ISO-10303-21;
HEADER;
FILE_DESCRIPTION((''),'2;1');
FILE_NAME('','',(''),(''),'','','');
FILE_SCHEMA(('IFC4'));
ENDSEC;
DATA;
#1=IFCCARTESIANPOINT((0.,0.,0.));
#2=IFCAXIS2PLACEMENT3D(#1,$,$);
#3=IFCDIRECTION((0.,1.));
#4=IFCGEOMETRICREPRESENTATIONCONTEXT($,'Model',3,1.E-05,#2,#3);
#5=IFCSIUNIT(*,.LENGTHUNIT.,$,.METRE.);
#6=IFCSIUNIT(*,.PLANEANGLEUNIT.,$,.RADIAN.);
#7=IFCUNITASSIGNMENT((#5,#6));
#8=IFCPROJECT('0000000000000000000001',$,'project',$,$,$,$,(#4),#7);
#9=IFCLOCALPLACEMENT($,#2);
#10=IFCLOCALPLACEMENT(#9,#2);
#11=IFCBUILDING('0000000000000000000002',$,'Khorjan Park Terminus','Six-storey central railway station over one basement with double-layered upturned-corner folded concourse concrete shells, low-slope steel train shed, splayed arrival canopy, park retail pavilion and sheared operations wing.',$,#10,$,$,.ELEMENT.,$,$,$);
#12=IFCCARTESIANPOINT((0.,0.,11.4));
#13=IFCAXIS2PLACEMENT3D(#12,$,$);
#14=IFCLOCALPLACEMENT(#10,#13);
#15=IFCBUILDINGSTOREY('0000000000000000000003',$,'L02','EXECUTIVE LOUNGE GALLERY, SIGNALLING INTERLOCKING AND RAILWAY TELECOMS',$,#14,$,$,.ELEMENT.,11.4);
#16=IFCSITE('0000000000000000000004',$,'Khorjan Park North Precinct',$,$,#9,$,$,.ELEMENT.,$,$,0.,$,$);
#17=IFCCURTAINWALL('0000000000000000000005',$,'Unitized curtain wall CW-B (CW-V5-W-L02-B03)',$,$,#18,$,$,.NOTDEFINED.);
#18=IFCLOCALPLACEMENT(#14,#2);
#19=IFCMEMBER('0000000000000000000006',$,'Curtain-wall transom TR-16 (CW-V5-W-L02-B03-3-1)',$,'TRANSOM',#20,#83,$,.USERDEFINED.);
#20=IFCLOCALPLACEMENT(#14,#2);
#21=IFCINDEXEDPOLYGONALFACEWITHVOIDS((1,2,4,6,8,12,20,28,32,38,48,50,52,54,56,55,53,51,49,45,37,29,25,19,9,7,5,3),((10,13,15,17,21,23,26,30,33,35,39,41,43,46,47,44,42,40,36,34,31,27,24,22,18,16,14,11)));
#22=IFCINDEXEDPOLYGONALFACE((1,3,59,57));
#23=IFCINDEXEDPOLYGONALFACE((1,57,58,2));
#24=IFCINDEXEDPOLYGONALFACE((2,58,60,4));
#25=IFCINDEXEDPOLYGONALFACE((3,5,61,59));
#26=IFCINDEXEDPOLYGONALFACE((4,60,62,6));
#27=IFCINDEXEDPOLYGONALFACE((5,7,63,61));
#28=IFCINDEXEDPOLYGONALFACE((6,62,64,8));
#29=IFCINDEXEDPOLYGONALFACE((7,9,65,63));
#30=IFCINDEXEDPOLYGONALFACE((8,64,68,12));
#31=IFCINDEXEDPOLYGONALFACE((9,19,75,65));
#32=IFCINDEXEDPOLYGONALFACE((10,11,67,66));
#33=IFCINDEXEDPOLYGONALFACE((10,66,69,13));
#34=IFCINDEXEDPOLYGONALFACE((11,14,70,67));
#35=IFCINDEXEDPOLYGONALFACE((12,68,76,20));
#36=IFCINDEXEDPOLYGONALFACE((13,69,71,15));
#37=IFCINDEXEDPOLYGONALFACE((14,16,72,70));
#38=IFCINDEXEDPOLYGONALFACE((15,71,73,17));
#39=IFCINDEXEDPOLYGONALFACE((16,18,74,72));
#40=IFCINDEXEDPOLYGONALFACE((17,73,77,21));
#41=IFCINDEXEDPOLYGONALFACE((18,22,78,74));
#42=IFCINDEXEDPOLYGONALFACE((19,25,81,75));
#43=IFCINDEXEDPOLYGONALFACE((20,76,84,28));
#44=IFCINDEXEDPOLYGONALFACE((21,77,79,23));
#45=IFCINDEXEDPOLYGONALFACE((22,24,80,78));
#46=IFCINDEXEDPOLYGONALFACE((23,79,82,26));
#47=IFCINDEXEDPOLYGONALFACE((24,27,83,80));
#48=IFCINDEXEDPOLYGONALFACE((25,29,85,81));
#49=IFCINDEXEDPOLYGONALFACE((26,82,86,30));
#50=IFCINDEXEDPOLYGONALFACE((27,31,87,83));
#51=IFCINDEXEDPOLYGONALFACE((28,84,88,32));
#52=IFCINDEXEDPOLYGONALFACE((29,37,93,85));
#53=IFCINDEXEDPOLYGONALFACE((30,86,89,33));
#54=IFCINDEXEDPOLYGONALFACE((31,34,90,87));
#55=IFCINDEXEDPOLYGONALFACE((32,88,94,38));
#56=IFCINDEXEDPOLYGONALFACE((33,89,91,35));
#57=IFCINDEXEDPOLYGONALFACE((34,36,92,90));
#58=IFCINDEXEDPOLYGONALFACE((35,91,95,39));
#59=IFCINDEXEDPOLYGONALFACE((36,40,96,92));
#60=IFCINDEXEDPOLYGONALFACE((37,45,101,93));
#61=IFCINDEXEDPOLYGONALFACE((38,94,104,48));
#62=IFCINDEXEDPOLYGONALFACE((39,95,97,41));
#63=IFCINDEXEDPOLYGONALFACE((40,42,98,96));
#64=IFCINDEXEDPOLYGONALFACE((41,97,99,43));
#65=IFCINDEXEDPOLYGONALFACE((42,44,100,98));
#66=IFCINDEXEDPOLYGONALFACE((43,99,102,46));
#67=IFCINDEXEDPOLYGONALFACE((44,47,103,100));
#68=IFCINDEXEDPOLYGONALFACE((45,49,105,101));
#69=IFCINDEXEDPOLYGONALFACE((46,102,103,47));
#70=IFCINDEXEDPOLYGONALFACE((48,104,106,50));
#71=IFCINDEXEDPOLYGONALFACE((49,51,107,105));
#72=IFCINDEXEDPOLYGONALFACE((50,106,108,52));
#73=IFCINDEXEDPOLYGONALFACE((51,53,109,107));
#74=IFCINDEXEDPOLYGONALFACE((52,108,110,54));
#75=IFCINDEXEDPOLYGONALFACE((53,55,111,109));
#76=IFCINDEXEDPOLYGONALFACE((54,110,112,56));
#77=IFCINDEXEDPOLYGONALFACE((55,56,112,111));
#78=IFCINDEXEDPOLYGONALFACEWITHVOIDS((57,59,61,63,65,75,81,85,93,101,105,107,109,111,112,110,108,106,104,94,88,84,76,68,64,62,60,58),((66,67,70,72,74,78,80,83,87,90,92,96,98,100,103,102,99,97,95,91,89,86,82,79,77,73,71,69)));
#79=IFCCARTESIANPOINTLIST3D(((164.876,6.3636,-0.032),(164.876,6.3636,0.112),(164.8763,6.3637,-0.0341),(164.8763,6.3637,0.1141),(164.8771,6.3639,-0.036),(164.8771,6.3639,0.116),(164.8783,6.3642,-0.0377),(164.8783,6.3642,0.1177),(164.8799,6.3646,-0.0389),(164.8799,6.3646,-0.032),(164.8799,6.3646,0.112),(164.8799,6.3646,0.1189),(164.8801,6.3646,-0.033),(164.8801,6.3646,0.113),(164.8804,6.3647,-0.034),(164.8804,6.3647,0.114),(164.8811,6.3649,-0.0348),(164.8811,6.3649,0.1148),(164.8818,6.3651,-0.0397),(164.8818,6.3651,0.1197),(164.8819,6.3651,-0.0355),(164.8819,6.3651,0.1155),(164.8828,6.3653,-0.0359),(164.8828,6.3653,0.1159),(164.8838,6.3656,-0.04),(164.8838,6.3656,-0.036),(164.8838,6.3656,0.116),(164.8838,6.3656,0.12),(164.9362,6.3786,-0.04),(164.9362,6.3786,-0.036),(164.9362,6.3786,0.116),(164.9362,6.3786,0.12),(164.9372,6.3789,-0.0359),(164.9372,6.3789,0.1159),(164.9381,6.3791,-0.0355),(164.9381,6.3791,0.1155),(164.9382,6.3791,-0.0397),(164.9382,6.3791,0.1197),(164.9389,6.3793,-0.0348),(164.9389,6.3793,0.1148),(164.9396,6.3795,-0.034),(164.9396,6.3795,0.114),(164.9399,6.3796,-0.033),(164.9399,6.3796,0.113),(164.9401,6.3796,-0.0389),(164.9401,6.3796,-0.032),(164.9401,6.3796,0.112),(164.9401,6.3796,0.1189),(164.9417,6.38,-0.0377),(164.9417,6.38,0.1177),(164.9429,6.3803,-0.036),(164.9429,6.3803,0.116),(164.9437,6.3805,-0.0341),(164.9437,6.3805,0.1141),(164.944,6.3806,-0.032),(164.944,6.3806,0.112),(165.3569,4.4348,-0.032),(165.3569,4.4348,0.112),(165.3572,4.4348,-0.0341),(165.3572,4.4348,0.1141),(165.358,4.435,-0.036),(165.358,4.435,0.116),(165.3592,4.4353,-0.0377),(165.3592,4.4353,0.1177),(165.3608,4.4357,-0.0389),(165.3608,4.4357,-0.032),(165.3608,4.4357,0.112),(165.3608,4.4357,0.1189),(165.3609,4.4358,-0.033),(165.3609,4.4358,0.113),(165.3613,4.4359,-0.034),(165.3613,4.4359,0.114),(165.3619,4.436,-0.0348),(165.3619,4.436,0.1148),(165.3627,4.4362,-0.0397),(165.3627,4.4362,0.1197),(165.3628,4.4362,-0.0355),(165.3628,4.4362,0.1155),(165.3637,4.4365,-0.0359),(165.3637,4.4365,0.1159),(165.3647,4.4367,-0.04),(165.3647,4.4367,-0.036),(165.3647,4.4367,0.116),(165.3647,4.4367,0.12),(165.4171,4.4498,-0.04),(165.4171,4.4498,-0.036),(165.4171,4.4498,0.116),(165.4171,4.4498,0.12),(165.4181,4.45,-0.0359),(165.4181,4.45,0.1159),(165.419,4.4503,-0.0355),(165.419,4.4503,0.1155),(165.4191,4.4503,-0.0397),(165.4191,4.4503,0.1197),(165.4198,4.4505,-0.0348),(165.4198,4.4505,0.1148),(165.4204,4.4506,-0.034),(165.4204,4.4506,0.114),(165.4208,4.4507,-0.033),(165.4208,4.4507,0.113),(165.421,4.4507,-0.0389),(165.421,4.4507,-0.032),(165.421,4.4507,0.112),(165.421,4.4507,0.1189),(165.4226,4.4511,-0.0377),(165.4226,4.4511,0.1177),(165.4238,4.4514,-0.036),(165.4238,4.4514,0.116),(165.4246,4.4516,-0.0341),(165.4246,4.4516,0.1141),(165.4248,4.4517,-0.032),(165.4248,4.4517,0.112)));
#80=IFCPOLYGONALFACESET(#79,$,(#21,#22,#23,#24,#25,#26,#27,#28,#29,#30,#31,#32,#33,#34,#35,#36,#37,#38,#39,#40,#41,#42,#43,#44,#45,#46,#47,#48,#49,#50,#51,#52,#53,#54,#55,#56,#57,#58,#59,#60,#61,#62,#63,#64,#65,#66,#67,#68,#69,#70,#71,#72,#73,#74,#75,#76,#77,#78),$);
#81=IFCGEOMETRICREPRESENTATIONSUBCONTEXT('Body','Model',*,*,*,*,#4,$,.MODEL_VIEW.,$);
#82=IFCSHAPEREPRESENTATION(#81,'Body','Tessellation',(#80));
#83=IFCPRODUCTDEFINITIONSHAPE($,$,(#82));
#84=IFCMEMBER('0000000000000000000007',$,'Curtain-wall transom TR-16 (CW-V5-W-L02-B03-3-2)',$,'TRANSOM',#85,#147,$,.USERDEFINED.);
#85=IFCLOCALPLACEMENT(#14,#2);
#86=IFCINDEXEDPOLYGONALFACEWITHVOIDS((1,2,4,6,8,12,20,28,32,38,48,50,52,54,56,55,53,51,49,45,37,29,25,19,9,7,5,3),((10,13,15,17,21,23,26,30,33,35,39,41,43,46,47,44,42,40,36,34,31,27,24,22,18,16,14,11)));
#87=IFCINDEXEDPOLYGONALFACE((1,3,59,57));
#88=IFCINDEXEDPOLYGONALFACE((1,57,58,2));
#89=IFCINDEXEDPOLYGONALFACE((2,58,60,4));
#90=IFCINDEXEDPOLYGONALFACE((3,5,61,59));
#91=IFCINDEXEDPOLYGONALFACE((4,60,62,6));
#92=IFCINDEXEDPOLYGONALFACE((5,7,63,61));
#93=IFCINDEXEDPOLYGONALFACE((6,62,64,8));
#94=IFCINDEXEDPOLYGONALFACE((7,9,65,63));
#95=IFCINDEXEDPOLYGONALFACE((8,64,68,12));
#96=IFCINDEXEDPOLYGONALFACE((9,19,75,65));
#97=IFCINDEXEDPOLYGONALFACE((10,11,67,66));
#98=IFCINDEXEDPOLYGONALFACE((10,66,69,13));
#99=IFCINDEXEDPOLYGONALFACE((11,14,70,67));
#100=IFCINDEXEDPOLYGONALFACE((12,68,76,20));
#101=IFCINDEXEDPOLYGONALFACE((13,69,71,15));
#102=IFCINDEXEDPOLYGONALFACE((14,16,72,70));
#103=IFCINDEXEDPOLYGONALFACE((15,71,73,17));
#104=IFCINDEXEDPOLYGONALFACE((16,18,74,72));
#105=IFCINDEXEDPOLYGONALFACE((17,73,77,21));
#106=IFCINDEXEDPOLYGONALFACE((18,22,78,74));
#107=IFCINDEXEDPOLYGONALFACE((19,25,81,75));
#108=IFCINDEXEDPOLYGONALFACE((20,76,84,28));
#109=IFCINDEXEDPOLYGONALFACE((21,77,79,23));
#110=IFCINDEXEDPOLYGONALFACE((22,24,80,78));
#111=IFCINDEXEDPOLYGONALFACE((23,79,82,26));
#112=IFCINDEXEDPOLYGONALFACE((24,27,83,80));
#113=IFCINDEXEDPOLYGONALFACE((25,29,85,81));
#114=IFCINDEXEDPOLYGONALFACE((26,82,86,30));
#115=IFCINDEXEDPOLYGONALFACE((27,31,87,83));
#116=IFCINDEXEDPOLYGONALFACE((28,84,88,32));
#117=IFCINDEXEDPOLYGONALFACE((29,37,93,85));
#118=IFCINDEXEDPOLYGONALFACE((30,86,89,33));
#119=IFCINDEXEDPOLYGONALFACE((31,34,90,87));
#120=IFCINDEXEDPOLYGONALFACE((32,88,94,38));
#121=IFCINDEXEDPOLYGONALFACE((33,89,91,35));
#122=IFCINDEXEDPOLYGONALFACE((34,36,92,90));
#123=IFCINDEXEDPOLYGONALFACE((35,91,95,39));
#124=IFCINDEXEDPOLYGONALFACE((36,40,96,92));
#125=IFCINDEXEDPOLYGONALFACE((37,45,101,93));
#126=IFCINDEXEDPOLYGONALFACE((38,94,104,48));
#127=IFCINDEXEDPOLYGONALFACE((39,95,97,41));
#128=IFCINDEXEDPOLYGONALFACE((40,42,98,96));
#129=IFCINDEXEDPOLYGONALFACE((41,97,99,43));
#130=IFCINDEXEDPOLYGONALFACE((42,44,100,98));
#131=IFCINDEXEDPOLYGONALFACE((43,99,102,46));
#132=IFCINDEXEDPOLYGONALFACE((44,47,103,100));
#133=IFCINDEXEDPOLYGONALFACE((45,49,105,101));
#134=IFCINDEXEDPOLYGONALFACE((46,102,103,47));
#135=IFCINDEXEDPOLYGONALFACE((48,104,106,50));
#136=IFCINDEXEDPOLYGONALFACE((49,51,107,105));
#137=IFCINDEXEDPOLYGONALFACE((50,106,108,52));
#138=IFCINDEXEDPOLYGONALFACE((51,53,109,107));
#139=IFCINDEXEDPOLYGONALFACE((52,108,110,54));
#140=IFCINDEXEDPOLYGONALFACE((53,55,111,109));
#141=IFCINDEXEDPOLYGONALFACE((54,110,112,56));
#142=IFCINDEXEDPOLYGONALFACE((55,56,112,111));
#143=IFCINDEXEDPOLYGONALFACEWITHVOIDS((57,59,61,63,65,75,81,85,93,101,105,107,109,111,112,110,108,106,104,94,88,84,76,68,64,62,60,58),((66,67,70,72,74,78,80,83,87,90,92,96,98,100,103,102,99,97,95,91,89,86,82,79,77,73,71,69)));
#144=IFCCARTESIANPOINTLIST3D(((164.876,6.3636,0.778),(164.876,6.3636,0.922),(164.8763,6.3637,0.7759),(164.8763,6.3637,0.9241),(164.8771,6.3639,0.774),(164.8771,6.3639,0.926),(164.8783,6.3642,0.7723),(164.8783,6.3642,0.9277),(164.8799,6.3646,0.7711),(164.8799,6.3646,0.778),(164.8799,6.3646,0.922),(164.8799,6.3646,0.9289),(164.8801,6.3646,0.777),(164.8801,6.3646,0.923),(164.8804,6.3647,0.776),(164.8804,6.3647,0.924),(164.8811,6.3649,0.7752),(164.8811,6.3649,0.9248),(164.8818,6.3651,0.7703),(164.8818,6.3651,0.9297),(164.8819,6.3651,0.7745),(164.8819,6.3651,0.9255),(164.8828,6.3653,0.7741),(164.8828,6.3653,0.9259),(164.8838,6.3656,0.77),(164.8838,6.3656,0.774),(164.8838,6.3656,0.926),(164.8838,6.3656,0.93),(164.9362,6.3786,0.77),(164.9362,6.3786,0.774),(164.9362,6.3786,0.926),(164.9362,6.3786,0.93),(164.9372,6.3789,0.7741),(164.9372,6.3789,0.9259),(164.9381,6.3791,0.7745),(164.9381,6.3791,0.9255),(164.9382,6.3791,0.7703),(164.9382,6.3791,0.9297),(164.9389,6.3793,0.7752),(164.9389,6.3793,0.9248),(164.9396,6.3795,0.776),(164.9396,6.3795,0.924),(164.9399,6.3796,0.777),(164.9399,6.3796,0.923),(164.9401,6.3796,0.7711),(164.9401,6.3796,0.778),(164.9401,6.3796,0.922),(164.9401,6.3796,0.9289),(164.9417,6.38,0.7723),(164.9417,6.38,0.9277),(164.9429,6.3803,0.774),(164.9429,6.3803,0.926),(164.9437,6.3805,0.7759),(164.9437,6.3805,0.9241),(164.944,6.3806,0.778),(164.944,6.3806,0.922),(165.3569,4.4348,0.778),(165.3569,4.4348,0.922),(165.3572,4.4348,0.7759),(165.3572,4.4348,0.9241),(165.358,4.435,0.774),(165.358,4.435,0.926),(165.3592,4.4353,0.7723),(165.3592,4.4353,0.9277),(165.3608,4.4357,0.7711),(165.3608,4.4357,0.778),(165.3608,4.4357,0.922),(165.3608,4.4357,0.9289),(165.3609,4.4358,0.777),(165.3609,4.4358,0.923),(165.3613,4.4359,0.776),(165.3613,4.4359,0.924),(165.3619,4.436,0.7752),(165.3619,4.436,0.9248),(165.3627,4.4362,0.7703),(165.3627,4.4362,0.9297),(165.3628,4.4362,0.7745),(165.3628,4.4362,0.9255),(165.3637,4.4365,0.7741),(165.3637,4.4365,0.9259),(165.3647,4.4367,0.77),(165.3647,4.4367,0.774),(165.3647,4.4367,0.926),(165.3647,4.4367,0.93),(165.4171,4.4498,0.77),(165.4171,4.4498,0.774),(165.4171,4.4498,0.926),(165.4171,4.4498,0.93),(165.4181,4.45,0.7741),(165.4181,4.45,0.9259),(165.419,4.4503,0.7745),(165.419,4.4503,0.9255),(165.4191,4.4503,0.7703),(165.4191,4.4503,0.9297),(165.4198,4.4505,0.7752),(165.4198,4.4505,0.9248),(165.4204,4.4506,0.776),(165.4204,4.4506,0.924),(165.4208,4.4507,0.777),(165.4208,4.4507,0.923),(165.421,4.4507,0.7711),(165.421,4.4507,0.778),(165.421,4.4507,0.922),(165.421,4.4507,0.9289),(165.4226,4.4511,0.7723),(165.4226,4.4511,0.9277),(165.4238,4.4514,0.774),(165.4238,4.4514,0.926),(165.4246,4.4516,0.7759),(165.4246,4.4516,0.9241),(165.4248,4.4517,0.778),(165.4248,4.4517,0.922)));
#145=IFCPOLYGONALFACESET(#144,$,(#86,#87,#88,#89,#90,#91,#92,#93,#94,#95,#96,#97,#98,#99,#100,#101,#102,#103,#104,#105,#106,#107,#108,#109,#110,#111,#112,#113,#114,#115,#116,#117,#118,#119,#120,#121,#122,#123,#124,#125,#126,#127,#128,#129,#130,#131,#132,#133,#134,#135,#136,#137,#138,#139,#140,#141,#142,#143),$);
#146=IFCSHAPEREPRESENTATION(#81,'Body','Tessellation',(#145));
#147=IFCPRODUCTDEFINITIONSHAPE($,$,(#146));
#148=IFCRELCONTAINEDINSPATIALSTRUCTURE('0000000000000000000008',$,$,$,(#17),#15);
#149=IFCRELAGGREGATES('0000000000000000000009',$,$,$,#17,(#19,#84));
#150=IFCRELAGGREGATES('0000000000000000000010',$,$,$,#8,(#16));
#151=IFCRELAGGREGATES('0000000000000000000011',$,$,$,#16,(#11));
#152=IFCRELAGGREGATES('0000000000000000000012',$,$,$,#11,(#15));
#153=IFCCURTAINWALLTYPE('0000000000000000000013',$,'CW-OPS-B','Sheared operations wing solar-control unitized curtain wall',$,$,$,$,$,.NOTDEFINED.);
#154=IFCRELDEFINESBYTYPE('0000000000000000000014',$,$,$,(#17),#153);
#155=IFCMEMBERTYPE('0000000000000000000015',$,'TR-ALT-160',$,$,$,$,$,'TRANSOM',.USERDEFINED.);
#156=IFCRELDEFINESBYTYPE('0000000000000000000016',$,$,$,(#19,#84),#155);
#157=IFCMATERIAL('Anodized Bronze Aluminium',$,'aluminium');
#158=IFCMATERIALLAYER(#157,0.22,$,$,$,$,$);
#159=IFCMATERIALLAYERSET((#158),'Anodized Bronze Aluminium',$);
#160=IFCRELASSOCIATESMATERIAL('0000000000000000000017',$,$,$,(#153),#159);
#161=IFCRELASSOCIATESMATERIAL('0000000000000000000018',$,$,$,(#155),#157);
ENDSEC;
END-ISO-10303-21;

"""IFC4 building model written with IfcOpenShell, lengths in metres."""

from ifc_helpers import new_model, si_unit, direction, frame, origin, origin_2d, place, context, subcontext, project, spatial, hollow_rectangle, extrude, material, layer, layer_set, material_profile, profile_set, type_object, element, aggregate, save


model = new_model("IFC4")

# Units and contexts
model_context = context("Model", 3, precision=1e-05, world=origin(), true_north=direction((0.0, 1.0)))
body_context = subcontext(model_context, "Body", "Model", "MODEL_VIEW")
ifc_project = project(units=[si_unit("LENGTHUNIT", "METRE"), si_unit("PLANEANGLEUNIT", "RADIAN")], contexts=[model_context])

# Site, building, storey
site_placement = place(None, origin())
site = spatial("IfcSite", under=ifc_project, at=site_placement, Name="Khorjan Park North Precinct", CompositionType="ELEMENT", RefElevation=0.0)
building_placement = place(site_placement, origin())
building = spatial("IfcBuilding", under=site, at=building_placement, Name="Khorjan Park Terminus", Description="Six-storey central railway station over one basement with double-layered upturned-corner folded concourse concrete shells, low-slope steel train shed, splayed arrival canopy, park retail pavilion and sheared operations wing.", CompositionType="ELEMENT")
storey_placement = place(building_placement, frame((0.0, 0.0, 11.4)))
storey = spatial("IfcBuildingStorey", under=building, at=storey_placement, Name="L02", Description="EXECUTIVE LOUNGE GALLERY, SIGNALLING INTERLOCKING AND RAILWAY TELECOMS", CompositionType="ELEMENT", Elevation=11.4)

# Curtain wall, members
ifc_material_1 = material(Name="Anodized Bronze Aluminium", Category="aluminium")
ifc_layer_1 = layer(ifc_material_1, 0.22)
ifc_layer_set_1 = layer_set([ifc_layer_1], Name="Anodized Bronze Aluminium")
curtain_wall_type = type_object("IfcCurtainWallType", Name="CW-OPS-B", Description="Sheared operations wing solar-control unitized curtain wall", PredefinedType="NOTDEFINED", material=ifc_layer_set_1)
curtain_wall_placement = place(storey_placement, origin())
curtain_wall = element("IfcCurtainWall", 1, at=curtain_wall_placement, inside=storey, type_object=curtain_wall_type, Name="Unitized curtain wall CW-B (CW-V5-W-L02-B03)", PredefinedType="NOTDEFINED")
ifc_material_profile_1 = material_profile(ifc_material_1, hollow_rectangle(XDim=0.07, YDim=0.16, WallThickness=0.004, InnerFilletRadius=0.004, OuterFilletRadius=0.008, at=origin_2d()), Name="ALT 70x160x4")
ifc_profile_set_1 = profile_set([ifc_material_profile_1], Name="Anodized Bronze Aluminium")
member_type_1 = type_object("IfcMemberType", Name="TR-ALT-160", ElementType="TRANSOM", PredefinedType="USERDEFINED", material=ifc_profile_set_1)
member_1_placement = place(storey_placement, frame((164.91, 6.3721, 0.04), z_axis=(0.241908, -0.970299, 0.0), x_axis=(0.970299, 0.241908, 0.0)))
member_1 = element("IfcMember", 2, at=member_1_placement, type_object=member_type_1, Name="Curtain-wall transom TR-16 (CW-V5-W-L02-B03-3-1)", ObjectType="TRANSOM", PredefinedType="USERDEFINED", context=body_context, shape_type="SweptSolid", body=[
    extrude(hollow_rectangle(XDim=0.07, YDim=0.16, WallThickness=0.004, InnerFilletRadius=0.004, OuterFilletRadius=0.008, at=origin_2d()), origin(), (0.0, 0.0, 1.0), 1.9879),
])
member_2_placement = place(storey_placement, frame((164.91, 6.3721, 0.85), z_axis=(0.241908, -0.970299, 0.0), x_axis=(0.970299, 0.241908, 0.0)))
member_2 = element("IfcMember", 3, at=member_2_placement, type_object=member_type_1, Name="Curtain-wall transom TR-16 (CW-V5-W-L02-B03-3-2)", ObjectType="TRANSOM", PredefinedType="USERDEFINED", context=body_context, shape_type="SweptSolid", body=[
    extrude(hollow_rectangle(XDim=0.07, YDim=0.16, WallThickness=0.004, InnerFilletRadius=0.004, OuterFilletRadius=0.008, at=origin_2d()), origin(), (0.0, 0.0, 1.0), 1.9879),
])
aggregate(curtain_wall, [member_1, member_2])

save(model, "model.ifc")
